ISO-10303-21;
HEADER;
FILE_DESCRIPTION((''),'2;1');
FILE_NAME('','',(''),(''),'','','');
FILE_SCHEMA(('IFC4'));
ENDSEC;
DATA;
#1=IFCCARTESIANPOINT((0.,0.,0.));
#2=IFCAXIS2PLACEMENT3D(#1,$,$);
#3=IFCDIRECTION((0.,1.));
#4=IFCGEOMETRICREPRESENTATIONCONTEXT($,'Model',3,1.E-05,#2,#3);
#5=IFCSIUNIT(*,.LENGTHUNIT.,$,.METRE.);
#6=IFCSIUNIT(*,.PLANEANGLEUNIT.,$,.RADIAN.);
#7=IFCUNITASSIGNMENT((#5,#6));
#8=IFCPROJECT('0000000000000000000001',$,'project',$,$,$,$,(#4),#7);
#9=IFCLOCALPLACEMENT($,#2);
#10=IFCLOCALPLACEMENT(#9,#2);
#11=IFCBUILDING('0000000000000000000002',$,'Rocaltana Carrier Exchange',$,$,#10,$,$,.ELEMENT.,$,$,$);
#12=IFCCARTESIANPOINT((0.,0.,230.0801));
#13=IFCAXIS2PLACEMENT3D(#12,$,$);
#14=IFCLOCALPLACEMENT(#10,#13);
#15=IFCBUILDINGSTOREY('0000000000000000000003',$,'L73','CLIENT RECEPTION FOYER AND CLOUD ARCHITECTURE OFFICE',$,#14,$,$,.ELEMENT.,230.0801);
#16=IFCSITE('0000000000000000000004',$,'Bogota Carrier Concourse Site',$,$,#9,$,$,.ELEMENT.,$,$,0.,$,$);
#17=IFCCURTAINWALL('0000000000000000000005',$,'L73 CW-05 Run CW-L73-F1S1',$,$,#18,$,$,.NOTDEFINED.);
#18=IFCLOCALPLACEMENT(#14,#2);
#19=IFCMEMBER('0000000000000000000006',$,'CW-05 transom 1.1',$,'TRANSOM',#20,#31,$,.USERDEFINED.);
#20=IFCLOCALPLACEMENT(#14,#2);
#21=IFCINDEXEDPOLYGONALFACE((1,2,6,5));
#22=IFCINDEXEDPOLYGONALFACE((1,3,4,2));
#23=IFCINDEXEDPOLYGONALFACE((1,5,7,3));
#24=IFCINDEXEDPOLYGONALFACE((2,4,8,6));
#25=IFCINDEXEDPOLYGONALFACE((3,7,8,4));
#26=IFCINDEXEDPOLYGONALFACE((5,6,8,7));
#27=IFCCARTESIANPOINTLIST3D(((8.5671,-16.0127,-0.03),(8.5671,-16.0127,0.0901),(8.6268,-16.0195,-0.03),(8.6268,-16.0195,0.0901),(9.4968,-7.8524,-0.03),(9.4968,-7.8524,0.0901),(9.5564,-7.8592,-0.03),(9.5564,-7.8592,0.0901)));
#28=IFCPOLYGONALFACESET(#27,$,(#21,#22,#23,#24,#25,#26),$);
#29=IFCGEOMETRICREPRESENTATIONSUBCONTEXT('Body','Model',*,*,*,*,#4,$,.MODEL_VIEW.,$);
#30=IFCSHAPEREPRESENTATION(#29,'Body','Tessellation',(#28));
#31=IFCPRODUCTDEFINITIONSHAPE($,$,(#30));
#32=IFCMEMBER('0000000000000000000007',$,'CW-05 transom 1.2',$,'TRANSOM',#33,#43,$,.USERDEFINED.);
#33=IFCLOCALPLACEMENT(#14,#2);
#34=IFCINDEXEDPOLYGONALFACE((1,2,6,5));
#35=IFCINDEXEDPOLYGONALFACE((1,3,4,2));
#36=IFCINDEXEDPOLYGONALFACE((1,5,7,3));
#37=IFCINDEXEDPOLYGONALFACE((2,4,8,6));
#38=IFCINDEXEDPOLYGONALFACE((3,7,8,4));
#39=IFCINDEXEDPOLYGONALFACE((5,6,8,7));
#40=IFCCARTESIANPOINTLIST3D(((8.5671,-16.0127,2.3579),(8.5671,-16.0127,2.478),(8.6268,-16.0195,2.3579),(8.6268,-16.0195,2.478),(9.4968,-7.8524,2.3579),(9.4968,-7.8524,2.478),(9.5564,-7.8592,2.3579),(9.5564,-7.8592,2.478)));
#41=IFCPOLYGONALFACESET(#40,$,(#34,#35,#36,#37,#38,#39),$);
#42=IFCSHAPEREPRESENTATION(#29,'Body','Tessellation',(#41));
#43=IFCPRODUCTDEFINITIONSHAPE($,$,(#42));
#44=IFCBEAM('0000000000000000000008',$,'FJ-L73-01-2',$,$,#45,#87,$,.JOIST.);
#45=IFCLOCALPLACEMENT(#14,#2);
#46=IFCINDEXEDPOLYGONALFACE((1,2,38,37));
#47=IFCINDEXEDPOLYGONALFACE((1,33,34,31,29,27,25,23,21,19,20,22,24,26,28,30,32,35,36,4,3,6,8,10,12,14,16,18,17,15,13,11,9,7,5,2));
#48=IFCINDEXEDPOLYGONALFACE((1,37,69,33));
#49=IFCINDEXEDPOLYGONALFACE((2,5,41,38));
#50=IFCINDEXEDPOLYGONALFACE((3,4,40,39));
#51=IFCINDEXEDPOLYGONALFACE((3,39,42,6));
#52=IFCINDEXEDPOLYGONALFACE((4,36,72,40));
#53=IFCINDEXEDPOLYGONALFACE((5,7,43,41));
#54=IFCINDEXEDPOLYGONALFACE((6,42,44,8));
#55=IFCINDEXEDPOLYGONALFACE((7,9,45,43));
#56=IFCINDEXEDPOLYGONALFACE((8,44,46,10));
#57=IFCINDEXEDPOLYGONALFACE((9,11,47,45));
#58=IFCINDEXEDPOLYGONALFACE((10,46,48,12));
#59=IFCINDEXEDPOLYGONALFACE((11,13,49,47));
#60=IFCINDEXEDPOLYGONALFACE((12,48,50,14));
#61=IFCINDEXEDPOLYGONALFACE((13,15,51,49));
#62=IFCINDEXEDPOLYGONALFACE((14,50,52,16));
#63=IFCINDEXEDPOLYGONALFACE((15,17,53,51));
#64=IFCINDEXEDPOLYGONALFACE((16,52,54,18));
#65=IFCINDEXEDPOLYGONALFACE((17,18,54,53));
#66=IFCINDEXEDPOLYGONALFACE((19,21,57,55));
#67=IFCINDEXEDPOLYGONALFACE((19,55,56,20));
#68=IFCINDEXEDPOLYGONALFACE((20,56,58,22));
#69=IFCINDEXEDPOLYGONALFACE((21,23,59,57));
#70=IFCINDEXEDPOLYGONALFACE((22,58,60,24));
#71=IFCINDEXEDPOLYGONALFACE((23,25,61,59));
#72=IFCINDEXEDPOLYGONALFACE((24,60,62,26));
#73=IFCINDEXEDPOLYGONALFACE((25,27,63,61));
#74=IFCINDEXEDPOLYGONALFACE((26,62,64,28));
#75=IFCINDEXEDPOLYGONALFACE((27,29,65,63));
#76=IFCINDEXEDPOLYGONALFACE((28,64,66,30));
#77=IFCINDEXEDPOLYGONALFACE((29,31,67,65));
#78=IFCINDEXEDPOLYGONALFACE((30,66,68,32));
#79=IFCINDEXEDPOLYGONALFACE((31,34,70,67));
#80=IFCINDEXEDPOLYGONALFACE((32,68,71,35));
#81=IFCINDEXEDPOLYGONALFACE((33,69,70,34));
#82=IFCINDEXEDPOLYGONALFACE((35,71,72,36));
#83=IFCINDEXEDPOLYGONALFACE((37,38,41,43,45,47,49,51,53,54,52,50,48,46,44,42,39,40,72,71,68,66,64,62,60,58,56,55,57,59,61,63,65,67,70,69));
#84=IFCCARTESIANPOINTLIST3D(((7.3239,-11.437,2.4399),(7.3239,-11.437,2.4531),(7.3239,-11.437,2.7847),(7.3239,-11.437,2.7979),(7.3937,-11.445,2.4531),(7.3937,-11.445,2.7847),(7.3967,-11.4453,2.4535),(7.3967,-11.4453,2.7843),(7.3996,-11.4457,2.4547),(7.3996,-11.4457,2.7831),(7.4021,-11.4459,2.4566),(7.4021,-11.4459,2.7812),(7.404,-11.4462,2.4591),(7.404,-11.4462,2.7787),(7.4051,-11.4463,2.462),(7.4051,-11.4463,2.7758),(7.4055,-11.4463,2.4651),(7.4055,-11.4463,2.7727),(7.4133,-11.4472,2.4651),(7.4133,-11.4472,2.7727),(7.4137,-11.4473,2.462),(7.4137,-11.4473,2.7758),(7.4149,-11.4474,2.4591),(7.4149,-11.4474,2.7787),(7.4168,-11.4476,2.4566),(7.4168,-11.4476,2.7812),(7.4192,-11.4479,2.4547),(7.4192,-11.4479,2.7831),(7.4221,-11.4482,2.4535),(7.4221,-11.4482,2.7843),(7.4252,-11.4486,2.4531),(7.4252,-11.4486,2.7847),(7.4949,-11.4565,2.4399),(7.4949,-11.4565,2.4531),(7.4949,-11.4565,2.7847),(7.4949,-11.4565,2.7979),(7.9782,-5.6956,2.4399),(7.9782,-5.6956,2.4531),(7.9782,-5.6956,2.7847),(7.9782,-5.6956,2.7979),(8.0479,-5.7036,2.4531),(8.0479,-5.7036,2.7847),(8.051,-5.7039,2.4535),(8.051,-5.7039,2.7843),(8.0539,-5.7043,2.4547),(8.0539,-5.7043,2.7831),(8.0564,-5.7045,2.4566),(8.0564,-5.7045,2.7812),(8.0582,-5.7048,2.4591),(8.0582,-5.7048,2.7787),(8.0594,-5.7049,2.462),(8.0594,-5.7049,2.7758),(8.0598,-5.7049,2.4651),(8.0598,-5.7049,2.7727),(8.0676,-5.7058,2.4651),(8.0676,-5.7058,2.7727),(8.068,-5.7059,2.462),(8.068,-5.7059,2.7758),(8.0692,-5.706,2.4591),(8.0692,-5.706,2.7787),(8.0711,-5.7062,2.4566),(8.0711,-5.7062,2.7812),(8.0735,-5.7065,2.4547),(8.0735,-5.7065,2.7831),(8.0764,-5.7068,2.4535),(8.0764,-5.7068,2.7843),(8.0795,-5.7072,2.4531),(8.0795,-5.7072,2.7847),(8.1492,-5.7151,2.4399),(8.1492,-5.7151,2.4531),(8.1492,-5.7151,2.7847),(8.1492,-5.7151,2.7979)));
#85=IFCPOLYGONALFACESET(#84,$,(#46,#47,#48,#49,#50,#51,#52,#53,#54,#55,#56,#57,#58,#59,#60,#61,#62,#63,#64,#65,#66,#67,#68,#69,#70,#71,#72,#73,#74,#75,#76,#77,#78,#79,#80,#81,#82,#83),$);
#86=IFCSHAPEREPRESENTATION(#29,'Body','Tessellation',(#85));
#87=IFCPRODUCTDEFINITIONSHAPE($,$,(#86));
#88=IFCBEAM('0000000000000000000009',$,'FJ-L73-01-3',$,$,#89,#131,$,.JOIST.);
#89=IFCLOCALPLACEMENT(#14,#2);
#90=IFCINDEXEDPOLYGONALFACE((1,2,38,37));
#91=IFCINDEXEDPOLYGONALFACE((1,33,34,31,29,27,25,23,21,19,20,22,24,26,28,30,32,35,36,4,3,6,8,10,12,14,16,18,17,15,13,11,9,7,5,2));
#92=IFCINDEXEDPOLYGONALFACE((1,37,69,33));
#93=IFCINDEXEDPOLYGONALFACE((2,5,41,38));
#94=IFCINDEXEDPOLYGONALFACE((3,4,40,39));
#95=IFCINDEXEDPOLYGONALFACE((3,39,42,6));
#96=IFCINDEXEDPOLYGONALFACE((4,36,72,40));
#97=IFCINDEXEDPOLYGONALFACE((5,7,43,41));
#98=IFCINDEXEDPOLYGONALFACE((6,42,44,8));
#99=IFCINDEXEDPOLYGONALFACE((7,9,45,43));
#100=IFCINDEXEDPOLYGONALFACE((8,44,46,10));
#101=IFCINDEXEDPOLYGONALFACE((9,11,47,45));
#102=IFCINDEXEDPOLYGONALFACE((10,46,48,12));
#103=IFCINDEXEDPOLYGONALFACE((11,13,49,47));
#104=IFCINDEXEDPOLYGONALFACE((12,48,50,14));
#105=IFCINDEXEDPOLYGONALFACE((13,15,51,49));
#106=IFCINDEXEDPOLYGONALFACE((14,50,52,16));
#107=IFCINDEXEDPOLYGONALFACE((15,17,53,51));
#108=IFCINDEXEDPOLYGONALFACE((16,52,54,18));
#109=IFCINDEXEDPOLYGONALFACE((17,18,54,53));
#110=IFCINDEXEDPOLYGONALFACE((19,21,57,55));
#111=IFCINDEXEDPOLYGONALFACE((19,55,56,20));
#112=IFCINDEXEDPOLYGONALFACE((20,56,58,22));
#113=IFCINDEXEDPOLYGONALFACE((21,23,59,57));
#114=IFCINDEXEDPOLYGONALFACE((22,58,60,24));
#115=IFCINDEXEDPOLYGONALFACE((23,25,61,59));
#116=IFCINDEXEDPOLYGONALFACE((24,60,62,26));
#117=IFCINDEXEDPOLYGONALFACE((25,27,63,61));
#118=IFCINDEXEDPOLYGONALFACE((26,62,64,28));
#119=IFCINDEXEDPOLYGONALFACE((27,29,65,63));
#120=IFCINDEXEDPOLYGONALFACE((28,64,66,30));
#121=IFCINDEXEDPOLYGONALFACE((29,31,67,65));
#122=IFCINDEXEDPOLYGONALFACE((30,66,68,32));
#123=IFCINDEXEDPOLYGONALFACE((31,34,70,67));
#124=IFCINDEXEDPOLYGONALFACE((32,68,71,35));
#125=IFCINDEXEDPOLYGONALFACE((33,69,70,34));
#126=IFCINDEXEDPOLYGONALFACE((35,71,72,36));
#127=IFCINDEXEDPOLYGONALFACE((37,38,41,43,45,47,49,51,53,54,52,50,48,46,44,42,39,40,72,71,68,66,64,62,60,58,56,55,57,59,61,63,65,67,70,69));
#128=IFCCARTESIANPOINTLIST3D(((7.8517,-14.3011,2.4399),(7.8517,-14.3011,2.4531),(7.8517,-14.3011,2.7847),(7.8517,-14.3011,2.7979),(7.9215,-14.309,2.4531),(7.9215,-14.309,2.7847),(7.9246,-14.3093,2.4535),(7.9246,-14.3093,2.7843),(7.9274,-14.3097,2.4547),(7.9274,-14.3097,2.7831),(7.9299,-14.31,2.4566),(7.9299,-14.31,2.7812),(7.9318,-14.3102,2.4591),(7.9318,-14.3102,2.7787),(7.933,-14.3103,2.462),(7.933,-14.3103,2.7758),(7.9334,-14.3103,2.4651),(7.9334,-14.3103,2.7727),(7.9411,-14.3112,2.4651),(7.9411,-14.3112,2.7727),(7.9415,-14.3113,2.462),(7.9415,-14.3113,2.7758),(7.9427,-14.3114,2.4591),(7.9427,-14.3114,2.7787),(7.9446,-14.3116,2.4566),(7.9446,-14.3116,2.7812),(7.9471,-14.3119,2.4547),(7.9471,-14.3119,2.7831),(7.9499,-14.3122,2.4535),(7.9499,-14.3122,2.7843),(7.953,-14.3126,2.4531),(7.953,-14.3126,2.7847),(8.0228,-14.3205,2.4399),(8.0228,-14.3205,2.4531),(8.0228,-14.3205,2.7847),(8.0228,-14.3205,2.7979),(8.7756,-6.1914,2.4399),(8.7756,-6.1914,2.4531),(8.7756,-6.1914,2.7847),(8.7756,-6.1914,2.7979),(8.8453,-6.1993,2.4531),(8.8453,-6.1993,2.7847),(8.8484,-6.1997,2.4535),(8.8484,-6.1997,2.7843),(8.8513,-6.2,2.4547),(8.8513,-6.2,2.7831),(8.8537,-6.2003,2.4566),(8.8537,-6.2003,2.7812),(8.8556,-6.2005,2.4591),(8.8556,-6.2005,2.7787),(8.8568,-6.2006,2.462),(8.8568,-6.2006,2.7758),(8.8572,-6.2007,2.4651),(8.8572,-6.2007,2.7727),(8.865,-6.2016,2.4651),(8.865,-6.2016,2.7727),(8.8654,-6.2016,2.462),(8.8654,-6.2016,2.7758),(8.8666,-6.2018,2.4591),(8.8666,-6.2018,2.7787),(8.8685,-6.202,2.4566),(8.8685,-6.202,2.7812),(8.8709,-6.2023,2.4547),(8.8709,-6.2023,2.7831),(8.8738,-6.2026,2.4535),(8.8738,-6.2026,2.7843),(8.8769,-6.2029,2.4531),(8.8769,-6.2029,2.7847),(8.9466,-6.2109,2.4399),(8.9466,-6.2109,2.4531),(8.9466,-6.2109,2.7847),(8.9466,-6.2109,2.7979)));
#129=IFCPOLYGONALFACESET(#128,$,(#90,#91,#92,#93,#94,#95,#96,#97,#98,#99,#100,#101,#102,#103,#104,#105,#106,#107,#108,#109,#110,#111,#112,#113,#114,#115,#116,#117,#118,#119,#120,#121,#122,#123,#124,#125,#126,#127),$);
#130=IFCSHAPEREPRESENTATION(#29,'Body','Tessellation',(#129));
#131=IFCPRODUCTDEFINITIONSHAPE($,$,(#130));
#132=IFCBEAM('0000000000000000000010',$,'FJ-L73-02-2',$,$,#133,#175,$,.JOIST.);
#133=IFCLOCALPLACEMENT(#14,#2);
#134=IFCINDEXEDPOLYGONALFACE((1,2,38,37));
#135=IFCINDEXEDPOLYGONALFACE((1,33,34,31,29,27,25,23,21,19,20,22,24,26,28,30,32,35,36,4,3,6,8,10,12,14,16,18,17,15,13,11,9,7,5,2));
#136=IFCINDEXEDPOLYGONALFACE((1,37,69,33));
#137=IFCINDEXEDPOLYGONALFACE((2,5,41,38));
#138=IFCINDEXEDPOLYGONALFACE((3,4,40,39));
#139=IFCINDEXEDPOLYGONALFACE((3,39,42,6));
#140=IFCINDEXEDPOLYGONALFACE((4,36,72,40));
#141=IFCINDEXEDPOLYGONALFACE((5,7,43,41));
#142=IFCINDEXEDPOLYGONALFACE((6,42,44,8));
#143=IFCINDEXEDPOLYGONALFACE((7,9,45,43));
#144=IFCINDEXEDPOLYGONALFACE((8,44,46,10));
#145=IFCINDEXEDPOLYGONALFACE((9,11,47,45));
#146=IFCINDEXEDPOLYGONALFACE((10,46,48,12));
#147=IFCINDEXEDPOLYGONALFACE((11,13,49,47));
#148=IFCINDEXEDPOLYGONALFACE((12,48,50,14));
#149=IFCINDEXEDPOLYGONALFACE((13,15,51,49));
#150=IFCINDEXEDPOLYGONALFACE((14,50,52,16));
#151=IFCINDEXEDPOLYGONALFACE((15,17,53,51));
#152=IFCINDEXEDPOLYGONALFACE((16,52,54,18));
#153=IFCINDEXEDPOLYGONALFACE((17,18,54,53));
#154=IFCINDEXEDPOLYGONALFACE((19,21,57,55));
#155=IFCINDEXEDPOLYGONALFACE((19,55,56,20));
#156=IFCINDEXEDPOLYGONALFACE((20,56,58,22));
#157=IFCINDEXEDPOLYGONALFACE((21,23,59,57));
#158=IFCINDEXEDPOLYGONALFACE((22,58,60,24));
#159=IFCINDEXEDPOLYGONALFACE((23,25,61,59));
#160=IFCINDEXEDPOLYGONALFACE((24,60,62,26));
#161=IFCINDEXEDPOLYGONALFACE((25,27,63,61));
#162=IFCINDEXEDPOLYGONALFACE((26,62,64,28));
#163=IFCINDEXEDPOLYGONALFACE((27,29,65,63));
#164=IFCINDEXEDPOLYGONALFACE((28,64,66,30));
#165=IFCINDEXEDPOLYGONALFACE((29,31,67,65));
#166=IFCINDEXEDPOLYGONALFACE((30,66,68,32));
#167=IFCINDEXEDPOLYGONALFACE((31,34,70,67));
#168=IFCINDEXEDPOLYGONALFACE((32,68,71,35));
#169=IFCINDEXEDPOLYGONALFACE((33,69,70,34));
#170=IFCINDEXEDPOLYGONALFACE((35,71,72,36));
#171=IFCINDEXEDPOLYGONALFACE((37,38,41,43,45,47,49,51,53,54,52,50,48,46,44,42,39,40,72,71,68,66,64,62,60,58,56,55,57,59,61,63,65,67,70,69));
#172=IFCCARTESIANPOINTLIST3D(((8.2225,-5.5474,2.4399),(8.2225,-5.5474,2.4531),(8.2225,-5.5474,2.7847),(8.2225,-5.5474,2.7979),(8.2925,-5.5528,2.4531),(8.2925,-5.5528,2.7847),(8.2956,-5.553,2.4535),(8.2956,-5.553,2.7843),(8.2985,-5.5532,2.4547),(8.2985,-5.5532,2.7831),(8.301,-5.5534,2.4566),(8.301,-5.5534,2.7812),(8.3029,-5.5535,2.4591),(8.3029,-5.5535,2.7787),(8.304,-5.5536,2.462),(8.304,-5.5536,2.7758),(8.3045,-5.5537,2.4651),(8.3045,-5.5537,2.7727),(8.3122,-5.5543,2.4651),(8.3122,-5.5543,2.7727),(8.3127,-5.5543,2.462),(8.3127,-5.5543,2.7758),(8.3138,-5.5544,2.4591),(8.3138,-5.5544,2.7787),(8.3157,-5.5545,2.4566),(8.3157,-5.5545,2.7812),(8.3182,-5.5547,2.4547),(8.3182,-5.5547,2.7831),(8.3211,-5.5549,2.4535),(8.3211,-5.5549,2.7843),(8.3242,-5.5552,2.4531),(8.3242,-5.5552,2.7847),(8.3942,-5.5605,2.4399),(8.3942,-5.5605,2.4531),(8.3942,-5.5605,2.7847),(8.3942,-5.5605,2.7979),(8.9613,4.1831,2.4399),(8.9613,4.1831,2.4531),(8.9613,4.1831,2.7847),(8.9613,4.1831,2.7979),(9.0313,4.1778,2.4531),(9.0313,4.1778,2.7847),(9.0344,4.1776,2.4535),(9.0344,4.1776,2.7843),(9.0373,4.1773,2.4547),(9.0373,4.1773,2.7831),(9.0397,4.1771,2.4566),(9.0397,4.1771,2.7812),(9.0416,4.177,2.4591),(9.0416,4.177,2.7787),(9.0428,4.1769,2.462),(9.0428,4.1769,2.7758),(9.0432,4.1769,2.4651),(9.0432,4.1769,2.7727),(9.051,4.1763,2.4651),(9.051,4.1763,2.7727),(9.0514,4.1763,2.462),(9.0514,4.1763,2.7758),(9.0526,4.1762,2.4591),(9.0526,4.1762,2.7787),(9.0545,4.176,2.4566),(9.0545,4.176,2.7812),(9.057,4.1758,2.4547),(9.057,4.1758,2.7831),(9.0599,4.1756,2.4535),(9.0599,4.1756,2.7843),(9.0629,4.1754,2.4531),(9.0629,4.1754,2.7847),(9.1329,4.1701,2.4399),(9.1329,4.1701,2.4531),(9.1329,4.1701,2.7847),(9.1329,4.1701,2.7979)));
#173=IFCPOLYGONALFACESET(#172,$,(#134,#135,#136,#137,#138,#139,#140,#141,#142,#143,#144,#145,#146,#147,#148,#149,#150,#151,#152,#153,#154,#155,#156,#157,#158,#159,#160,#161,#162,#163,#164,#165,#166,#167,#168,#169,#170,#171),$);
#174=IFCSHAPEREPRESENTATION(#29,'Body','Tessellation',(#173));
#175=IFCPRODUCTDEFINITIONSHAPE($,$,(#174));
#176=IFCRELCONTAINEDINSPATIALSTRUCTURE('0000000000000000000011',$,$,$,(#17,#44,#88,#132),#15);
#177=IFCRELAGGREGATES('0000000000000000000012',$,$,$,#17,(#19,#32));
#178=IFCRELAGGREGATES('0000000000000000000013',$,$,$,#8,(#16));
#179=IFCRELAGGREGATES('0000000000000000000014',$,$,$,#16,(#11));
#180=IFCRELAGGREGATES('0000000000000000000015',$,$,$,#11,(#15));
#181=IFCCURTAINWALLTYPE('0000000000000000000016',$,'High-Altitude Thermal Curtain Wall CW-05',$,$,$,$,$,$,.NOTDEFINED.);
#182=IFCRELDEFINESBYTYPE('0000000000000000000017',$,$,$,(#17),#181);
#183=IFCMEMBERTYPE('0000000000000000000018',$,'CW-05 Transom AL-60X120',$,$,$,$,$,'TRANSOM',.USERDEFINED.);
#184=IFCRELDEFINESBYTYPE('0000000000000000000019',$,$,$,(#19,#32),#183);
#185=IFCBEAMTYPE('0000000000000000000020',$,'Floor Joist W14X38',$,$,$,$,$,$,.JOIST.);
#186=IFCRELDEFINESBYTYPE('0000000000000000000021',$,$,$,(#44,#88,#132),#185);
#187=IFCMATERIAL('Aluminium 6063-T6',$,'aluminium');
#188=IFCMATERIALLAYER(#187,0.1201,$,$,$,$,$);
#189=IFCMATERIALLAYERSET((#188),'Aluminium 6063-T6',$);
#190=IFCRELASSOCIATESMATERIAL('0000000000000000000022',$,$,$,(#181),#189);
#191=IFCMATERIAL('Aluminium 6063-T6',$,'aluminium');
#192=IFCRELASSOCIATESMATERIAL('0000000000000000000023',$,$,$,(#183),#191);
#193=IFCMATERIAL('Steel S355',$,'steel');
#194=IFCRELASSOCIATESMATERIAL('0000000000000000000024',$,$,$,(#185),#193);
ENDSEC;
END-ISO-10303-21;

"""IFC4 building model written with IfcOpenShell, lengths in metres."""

from ifc_helpers import new_model, si_unit, direction, frame, origin, origin_2d, place, context, subcontext, project, spatial, rectangle, i_section, extrude, material, layer, layer_set, material_profile, profile_set, type_object, element, aggregate, save


model = new_model("IFC4")

# Units and contexts
model_context = context("Model", 3, precision=1e-05, world=origin(), true_north=direction((0.0, 1.0)))
body_context = subcontext(model_context, "Body", "Model", "MODEL_VIEW")
ifc_project = project(units=[si_unit("LENGTHUNIT", "METRE"), si_unit("PLANEANGLEUNIT", "RADIAN")], contexts=[model_context])

# Site, building, storey
site_placement = place(None, origin())
site = spatial("IfcSite", under=ifc_project, at=site_placement, Name="Bogota Carrier Concourse Site", CompositionType="ELEMENT", RefElevation=0.0)
building_placement = place(site_placement, origin())
building = spatial("IfcBuilding", under=site, at=building_placement, Name="Rocaltana Carrier Exchange", CompositionType="ELEMENT")
storey_placement = place(building_placement, frame((0.0, 0.0, 230.0801)))
storey = spatial("IfcBuildingStorey", under=building, at=storey_placement, Name="L73", Description="CLIENT RECEPTION FOYER AND CLOUD ARCHITECTURE OFFICE", CompositionType="ELEMENT", Elevation=230.0801)

# Curtain wall
ifc_material_1 = material(Name="Aluminium 6063-T6", Category="aluminium")
ifc_layer_1 = layer(ifc_material_1, 0.1201)
ifc_layer_set_1 = layer_set([ifc_layer_1], Name="Aluminium 6063-T6")
curtain_wall_type = type_object("IfcCurtainWallType", Name="High-Altitude Thermal Curtain Wall CW-05", PredefinedType="NOTDEFINED", material=ifc_layer_set_1)
curtain_wall_1_placement = place(storey_placement, origin())
curtain_wall_1 = element("IfcCurtainWall", 1, at=curtain_wall_1_placement, inside=storey, type_object=curtain_wall_type, Name="L73 CW-05 Run CW-L73-F1S1", PredefinedType="NOTDEFINED")

# Members
ifc_material_2 = material(Name="Aluminium 6063-T6", Category="aluminium")
ifc_material_profile_1 = material_profile(ifc_material_2, rectangle(XDim=0.0601, YDim=0.1201, at=origin_2d()), Name="AL-60X120")
ifc_profile_set_1 = profile_set([ifc_material_profile_1], Name="Aluminium 6063-T6")
member_type_1 = type_object("IfcMemberType", Name="CW-05 Transom AL-60X120", ElementType="TRANSOM", PredefinedType="USERDEFINED", material=ifc_profile_set_1)
member_1_placement = place(storey_placement, frame((8.5969, -16.0161, 0.03), z_axis=(0.113194, 0.993573, 0.0), x_axis=(-0.993573, 0.113194, 0.0)))
member_1 = element("IfcMember", 2, at=member_1_placement, type_object=member_type_1, Name="CW-05 transom 1.1", ObjectType="TRANSOM", PredefinedType="USERDEFINED", context=body_context, shape_type="SweptSolid", body=[
    extrude(rectangle(XDim=0.0601, YDim=0.1201, at=origin_2d()), origin(), (0.0, 0.0, 1.0), 8.2131),
])
member_2_placement = place(storey_placement, frame((8.5969, -16.0161, 2.418), z_axis=(0.113194, 0.993573, 0.0), x_axis=(-0.993573, 0.113194, 0.0)))
member_2 = element("IfcMember", 3, at=member_2_placement, type_object=member_type_1, Name="CW-05 transom 1.2", ObjectType="TRANSOM", PredefinedType="USERDEFINED", context=body_context, shape_type="SweptSolid", body=[
    extrude(rectangle(XDim=0.0601, YDim=0.1201, at=origin_2d()), origin(), (0.0, 0.0, 1.0), 8.2131),
])

# Beams
ifc_material_3 = material(Name="Steel S355", Category="steel")
ifc_material_profile_2 = material_profile(ifc_material_3, i_section(OverallWidth=0.1721, OverallDepth=0.3579, WebThickness=0.0078, FlangeThickness=0.0132, FilletRadius=0.012, at=origin_2d()), Name="W14X38")
ifc_profile_set_2 = profile_set([ifc_material_profile_2], Name="Steel S355")
beam_type_1 = type_object("IfcBeamType", Name="Floor Joist W14X38", PredefinedType="JOIST", material=ifc_profile_set_2)
beam_1_placement = place(storey_placement, frame((7.4094, -11.4468, 2.6189), z_axis=(0.113227, 0.993569, 0.0), x_axis=(-0.993569, 0.113227, 0.0)))
element("IfcBeam", 4, at=beam_1_placement, inside=storey, type_object=beam_type_1, Name="FJ-L73-01-2", PredefinedType="JOIST", context=body_context, shape_type="SweptSolid", body=[
    extrude(i_section(OverallWidth=0.1721, OverallDepth=0.3579, WebThickness=0.0078, FlangeThickness=0.0132, FilletRadius=0.012, at=origin_2d()), origin(), (0.0, 0.0, 1.0), 5.7786),
])
beam_2_placement = place(storey_placement, frame((7.9373, -14.3108, 2.6189), z_axis=(0.113186, 0.993574, 0.0), x_axis=(-0.993574, 0.113186, 0.0)))
element("IfcBeam", 5, at=beam_2_placement, inside=storey, type_object=beam_type_1, Name="FJ-L73-01-3", PredefinedType="JOIST", context=body_context, shape_type="SweptSolid", body=[
    extrude(i_section(OverallWidth=0.1721, OverallDepth=0.3579, WebThickness=0.0078, FlangeThickness=0.0132, FilletRadius=0.012, at=origin_2d()), origin(), (0.0, 0.0, 1.0), 8.1621),
])
beam_3_placement = place(storey_placement, frame((8.3083, -5.554, 2.6189), z_axis=(0.075705, 0.99713, 0.0), x_axis=(-0.99713, 0.075705, 0.0)))
element("IfcBeam", 6, at=beam_3_placement, inside=storey, type_object=beam_type_1, Name="FJ-L73-02-2", PredefinedType="JOIST", context=body_context, shape_type="SweptSolid", body=[
    extrude(i_section(OverallWidth=0.1721, OverallDepth=0.3579, WebThickness=0.0078, FlangeThickness=0.0132, FilletRadius=0.012, at=origin_2d()), origin(), (0.0, 0.0, 1.0), 9.7585),
])

aggregate(curtain_wall_1, [member_1, member_2])

save(model, "model.ifc")
